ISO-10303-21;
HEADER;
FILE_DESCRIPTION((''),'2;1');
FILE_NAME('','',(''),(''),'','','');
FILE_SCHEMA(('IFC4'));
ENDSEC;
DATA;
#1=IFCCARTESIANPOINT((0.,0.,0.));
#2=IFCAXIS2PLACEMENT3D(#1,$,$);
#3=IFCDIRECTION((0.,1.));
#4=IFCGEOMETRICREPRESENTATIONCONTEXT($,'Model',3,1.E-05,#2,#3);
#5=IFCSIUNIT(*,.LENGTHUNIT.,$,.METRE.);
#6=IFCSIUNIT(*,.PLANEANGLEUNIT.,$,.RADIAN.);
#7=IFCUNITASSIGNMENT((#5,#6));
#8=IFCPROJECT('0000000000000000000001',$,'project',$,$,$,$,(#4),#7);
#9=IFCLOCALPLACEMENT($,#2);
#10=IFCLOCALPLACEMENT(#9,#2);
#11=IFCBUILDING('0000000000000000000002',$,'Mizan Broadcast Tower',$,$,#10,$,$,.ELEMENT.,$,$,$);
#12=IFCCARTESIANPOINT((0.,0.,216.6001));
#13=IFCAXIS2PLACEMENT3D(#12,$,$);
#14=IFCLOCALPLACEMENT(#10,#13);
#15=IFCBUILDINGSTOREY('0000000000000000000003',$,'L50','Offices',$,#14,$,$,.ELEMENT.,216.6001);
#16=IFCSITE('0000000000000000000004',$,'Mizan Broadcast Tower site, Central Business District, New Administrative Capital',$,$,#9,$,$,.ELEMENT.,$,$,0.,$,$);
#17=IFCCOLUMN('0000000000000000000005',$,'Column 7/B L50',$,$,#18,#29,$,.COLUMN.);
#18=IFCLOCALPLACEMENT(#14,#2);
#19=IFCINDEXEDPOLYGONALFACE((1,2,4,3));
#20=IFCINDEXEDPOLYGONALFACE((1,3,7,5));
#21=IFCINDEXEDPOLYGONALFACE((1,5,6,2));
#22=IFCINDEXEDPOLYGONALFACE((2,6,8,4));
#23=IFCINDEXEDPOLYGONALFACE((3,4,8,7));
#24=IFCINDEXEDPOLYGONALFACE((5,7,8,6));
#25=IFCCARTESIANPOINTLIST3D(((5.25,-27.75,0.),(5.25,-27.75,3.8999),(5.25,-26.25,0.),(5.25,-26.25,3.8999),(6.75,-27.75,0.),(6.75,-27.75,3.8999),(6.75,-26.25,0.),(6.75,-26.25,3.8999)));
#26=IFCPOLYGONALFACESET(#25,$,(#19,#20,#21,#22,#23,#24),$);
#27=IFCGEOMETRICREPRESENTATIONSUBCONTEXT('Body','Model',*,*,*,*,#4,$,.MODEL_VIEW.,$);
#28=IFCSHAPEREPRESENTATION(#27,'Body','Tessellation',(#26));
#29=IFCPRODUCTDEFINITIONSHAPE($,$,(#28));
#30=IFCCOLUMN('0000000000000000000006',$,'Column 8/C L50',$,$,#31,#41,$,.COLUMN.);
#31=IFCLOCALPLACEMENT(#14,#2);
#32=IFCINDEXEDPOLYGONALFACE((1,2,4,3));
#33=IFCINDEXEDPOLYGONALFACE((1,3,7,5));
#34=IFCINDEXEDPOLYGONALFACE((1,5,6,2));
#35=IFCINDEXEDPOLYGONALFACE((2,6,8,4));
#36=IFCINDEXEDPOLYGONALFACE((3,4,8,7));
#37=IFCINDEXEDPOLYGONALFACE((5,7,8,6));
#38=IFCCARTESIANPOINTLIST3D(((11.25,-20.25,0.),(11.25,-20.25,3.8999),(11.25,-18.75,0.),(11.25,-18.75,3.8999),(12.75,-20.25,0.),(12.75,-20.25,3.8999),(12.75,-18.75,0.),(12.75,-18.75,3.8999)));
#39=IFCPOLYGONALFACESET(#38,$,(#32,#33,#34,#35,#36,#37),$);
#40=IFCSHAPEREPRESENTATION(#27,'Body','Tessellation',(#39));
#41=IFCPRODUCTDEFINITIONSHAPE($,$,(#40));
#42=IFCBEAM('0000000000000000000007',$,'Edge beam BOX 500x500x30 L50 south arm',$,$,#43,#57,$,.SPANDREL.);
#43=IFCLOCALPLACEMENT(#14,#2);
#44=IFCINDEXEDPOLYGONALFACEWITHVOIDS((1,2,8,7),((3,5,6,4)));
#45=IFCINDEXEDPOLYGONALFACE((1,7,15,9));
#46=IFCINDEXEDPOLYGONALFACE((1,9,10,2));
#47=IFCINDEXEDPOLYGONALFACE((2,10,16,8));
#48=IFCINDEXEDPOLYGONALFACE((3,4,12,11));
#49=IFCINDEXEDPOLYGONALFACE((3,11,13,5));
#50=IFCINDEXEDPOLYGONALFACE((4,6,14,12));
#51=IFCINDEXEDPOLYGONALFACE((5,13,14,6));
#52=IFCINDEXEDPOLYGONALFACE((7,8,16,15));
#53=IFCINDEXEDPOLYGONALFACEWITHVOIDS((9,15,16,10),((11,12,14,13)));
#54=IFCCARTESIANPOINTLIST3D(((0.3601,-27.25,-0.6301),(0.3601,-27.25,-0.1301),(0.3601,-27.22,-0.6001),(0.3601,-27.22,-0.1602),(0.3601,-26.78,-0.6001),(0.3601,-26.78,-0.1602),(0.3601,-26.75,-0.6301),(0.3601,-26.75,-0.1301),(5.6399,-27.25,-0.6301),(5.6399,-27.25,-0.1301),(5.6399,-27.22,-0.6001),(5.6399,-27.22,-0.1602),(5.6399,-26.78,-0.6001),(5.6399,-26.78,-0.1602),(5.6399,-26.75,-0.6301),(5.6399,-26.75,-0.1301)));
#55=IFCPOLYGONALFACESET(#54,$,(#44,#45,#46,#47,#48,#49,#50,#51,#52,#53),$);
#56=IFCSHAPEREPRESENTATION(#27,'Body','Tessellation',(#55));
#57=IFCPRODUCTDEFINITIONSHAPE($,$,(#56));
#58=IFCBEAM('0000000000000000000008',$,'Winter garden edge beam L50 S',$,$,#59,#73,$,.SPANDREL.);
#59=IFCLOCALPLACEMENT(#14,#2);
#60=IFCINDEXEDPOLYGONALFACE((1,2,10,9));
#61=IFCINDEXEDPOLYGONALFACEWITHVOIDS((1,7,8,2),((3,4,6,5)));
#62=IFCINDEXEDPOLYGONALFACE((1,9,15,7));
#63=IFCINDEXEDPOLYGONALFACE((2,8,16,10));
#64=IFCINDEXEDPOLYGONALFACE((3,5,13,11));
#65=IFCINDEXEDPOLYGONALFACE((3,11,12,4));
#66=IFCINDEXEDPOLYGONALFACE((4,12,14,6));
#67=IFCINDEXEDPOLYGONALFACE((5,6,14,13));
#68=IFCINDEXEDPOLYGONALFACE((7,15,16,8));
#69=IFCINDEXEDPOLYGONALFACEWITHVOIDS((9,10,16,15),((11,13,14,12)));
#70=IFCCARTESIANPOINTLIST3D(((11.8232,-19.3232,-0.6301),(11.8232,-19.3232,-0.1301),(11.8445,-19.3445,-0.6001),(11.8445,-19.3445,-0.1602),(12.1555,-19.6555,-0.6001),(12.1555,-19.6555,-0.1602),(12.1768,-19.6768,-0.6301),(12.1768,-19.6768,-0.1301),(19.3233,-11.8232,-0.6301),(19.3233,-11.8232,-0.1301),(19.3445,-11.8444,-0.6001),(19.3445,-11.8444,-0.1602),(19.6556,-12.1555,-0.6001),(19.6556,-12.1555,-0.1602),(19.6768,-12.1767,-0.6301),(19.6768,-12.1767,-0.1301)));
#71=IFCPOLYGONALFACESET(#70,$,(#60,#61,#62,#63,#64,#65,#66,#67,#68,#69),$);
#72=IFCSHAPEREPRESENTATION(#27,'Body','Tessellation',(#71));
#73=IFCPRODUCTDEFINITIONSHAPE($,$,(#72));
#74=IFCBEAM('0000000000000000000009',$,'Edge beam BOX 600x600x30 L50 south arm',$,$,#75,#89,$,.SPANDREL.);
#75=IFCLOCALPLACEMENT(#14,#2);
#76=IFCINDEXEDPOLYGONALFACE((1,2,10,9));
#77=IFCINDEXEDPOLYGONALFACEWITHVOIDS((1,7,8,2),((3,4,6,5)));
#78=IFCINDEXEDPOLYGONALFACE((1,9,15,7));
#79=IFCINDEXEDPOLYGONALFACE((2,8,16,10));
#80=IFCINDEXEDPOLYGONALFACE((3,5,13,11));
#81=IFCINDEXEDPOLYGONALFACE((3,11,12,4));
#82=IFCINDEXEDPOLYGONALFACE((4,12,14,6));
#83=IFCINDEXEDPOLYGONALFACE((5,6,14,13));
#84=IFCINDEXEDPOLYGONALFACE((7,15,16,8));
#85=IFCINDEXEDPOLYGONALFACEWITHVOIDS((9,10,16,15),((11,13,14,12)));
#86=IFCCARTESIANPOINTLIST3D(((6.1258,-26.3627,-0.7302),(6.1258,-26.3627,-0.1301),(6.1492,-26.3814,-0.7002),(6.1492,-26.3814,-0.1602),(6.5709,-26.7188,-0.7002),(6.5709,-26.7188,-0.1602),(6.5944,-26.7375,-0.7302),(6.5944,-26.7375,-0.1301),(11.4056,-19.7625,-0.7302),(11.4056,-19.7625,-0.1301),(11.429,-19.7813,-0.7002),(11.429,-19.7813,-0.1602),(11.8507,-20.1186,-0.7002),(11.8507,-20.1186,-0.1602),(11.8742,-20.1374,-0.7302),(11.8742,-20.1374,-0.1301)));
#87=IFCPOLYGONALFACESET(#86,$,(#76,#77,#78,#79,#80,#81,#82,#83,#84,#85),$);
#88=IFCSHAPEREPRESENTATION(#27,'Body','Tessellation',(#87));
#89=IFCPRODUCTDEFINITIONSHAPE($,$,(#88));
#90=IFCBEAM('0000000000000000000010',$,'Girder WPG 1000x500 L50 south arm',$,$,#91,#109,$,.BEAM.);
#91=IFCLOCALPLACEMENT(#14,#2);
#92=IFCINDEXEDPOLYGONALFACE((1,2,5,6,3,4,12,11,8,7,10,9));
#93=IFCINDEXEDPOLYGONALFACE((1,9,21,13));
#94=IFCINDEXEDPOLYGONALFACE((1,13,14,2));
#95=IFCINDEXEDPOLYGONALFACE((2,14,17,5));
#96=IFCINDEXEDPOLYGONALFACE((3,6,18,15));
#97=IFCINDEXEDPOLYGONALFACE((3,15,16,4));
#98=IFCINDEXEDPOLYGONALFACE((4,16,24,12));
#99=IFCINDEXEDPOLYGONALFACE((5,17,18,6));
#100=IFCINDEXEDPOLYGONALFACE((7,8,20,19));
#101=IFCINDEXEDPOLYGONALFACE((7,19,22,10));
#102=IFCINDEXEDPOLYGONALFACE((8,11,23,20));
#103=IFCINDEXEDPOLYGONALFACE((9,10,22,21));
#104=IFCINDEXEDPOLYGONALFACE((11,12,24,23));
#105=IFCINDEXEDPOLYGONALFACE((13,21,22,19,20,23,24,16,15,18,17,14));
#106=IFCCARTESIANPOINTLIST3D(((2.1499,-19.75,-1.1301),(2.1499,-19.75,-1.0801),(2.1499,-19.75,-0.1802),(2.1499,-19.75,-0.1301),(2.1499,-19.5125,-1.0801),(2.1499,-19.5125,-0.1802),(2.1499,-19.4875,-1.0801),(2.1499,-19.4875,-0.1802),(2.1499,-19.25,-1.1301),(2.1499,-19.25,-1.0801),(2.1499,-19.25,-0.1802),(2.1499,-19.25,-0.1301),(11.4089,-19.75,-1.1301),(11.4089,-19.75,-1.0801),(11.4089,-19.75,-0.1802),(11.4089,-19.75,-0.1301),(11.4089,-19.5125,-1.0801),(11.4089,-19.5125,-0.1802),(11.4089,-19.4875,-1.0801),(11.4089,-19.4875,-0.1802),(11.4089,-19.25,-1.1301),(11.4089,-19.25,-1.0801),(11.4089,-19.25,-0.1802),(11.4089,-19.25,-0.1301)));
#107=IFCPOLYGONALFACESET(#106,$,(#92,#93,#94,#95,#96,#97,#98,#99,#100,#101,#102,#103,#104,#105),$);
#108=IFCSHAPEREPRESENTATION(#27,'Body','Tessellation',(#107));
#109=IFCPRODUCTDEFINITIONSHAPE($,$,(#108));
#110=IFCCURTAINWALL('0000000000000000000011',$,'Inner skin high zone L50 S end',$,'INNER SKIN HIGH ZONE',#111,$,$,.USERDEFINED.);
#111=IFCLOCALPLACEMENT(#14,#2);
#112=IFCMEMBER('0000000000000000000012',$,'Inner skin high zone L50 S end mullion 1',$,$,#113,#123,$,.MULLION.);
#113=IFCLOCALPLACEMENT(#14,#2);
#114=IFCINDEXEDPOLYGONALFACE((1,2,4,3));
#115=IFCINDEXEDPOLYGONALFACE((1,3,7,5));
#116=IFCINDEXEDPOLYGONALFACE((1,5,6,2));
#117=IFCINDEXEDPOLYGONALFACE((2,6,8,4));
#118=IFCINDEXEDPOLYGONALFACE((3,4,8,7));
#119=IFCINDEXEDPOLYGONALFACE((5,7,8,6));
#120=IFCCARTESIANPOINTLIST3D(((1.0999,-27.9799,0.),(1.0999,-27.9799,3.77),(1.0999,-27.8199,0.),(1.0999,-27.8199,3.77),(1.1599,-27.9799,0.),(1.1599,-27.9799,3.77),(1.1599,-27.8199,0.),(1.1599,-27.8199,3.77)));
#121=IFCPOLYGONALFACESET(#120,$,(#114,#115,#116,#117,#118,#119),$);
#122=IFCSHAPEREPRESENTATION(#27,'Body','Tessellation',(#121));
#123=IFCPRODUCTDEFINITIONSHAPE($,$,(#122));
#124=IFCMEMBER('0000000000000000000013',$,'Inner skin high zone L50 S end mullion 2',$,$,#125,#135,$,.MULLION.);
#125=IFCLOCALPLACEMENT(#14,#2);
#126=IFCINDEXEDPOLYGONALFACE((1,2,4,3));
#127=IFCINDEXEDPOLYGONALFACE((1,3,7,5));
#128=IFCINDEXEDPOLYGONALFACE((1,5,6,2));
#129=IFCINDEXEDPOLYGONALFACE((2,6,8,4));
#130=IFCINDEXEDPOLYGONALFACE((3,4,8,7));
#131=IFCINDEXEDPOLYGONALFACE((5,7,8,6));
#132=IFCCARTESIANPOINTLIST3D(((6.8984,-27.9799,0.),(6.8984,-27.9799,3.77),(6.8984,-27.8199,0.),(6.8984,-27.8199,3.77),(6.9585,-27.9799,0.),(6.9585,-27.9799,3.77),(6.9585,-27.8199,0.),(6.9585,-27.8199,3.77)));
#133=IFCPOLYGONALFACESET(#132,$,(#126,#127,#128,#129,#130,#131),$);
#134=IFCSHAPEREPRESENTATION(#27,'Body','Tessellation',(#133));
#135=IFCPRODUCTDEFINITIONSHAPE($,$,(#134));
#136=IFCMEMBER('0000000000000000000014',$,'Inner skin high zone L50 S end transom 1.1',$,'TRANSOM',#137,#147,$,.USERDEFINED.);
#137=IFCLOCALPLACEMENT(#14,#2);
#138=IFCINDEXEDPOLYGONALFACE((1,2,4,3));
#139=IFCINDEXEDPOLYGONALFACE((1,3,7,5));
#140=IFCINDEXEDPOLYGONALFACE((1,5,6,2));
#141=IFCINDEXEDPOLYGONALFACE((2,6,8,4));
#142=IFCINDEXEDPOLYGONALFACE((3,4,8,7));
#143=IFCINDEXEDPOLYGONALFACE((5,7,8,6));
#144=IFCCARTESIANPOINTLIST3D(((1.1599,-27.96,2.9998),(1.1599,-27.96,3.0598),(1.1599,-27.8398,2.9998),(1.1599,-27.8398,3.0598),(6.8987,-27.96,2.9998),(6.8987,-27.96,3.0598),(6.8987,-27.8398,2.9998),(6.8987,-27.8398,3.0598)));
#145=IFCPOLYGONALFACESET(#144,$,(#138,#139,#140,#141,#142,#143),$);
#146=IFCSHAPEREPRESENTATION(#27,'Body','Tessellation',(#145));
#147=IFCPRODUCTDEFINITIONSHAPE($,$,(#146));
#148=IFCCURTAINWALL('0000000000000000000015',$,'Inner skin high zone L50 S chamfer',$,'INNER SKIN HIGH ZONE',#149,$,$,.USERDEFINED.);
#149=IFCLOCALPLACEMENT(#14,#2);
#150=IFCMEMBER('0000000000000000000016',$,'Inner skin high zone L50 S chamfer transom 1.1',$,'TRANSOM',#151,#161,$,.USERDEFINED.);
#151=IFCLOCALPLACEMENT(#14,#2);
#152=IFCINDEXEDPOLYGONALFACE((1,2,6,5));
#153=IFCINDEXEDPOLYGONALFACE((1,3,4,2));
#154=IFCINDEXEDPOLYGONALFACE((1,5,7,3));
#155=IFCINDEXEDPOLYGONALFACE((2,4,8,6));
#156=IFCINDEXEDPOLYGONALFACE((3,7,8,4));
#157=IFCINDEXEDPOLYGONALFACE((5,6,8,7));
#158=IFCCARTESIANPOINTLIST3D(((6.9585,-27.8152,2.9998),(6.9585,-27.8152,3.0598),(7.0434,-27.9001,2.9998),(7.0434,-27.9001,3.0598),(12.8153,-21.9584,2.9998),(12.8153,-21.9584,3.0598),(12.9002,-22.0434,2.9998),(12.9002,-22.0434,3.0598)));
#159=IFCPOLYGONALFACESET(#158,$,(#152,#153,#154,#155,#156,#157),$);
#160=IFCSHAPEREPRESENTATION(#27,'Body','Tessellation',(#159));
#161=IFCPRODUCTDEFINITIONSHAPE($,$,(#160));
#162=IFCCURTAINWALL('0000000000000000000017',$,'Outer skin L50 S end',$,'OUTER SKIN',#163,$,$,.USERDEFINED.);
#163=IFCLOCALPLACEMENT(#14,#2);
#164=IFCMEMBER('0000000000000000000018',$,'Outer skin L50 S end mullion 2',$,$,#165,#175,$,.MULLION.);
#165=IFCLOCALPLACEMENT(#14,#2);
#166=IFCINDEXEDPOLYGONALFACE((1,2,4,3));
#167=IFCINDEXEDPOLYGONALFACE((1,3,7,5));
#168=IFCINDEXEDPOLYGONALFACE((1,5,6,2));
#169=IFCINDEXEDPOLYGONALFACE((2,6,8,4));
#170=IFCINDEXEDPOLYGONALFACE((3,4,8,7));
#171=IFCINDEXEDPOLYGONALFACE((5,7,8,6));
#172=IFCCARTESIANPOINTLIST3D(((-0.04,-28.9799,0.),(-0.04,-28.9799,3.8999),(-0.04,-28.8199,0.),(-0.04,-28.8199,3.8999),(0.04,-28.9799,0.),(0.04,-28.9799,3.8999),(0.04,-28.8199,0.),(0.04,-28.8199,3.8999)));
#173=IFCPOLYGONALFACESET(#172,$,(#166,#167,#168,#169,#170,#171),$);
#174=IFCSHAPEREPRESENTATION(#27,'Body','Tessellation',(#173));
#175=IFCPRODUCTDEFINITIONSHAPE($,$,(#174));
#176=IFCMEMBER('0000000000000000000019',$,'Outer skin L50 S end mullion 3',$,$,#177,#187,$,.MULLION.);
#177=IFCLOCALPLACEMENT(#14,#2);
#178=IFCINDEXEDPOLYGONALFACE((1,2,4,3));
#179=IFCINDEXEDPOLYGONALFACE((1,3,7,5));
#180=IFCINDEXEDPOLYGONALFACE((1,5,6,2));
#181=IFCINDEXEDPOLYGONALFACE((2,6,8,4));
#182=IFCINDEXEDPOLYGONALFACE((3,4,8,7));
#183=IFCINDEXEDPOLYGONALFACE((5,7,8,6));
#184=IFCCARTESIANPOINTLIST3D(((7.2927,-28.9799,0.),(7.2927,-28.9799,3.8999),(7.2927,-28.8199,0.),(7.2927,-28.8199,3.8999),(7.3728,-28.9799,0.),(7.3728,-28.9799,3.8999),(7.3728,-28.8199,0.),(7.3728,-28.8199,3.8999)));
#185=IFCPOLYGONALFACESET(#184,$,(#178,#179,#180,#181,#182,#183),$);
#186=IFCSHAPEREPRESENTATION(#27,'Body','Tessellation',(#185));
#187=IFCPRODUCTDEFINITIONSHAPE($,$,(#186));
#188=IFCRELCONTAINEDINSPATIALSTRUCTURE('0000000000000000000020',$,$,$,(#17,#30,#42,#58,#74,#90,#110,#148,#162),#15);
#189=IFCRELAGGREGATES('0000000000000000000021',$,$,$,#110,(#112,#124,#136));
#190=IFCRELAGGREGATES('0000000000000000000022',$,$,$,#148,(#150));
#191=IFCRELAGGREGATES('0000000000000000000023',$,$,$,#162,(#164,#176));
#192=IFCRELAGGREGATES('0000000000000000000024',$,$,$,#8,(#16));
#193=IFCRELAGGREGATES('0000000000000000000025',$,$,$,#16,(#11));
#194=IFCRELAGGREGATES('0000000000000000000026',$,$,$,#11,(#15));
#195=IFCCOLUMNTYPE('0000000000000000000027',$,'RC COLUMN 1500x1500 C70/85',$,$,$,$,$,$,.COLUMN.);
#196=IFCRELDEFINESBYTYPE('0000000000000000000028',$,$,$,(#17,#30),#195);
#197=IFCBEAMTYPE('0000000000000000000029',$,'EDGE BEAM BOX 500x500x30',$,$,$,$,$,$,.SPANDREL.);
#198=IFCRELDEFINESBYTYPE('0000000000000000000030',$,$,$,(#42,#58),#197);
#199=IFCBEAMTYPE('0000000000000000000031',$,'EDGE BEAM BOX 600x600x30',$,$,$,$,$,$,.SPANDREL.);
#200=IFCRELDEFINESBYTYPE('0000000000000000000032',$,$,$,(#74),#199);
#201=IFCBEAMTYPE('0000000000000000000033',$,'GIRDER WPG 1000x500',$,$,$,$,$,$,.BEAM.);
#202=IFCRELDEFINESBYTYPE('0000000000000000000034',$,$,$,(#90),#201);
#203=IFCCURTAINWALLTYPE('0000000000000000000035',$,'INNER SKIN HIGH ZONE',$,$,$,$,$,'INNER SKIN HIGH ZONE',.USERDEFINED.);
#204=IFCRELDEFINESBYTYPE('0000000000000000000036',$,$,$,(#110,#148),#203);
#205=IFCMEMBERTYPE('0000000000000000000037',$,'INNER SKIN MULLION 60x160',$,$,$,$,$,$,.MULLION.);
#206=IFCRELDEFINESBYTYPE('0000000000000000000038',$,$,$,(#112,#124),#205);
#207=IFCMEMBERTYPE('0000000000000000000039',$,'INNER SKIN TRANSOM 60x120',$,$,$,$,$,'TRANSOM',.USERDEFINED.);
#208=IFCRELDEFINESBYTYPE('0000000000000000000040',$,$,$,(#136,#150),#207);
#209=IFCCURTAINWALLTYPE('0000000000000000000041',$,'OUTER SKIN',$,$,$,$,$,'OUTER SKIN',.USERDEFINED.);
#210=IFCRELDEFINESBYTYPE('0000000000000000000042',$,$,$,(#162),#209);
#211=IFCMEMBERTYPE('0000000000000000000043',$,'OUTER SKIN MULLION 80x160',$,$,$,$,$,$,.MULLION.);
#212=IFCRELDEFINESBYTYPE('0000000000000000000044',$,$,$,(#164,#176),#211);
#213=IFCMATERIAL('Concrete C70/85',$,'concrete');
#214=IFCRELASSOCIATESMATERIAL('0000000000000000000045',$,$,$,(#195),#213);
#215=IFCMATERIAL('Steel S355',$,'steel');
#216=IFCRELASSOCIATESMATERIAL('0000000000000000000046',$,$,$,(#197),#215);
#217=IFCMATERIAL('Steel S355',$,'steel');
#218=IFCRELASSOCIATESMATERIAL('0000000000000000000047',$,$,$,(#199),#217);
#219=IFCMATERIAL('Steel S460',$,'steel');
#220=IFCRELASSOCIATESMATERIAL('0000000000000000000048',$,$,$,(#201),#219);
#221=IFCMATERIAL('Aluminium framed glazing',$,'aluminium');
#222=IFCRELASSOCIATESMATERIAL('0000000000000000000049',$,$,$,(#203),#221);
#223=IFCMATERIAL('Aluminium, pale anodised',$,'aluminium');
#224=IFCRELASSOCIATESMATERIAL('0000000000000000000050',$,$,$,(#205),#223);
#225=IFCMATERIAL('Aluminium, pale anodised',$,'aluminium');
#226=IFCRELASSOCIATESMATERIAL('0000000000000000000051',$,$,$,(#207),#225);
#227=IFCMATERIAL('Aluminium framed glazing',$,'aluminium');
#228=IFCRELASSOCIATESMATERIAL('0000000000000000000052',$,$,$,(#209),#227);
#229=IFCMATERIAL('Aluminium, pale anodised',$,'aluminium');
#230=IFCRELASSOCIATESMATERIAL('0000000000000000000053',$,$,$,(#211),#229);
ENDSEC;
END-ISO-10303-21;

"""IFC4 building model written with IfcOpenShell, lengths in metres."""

from ifc_helpers import new_model, si_unit, direction, frame, origin, origin_2d, place, context, subcontext, project, spatial, rectangle, hollow_rectangle, i_section, extrude, material, material_profile, profile_set, type_object, element, aggregate, save


model = new_model("IFC4")

# Units and contexts
model_context = context("Model", 3, precision=1e-05, world=origin(), true_north=direction((0.0, 1.0)))
body_context = subcontext(model_context, "Body", "Model", "MODEL_VIEW")
ifc_project = project(units=[si_unit("LENGTHUNIT", "METRE"), si_unit("PLANEANGLEUNIT", "RADIAN")], contexts=[model_context])

# Site, building, storey
site_placement = place(None, origin())
site = spatial("IfcSite", under=ifc_project, at=site_placement, Name="Mizan Broadcast Tower site, Central Business District, New Administrative Capital", CompositionType="ELEMENT", RefElevation=0.0)
building_placement = place(site_placement, origin())
building = spatial("IfcBuilding", under=site, at=building_placement, Name="Mizan Broadcast Tower", CompositionType="ELEMENT")
storey_placement = place(building_placement, frame((0.0, 0.0, 216.6001)))
storey = spatial("IfcBuildingStorey", under=building, at=storey_placement, Name="L50", Description="Offices", CompositionType="ELEMENT", Elevation=216.6001)

# Columns
ifc_material_1 = material(Name="Concrete C70/85", Category="concrete")
ifc_material_profile_1 = material_profile(ifc_material_1, rectangle(XDim=1.5, YDim=1.5, at=origin_2d()), Name="RC 1500x1500")
ifc_profile_set_1 = profile_set([ifc_material_profile_1], Name="Concrete C70/85")
column_type = type_object("IfcColumnType", Name="RC COLUMN 1500x1500 C70/85", PredefinedType="COLUMN", material=ifc_profile_set_1)
for number, where, z_axis, x_axis, name in (
    (1, (6.0, -27.0, 0.0), (0.0, 0.0, 1.0), (1.0, 0.0, 0.0), "Column 7/B L50"),
    (2, (12.0, -19.5, 0.0), (0.0, 0.0, 1.0), (1.0, 0.0, 0.0), "Column 8/C L50"),
):
    element("IfcColumn", number, at=place(storey_placement, frame(where, z_axis=z_axis, x_axis=x_axis)), inside=storey, type_object=column_type, Name=name, PredefinedType="COLUMN", context=body_context, shape_type="SweptSolid", body=[
        extrude(rectangle(XDim=1.5, YDim=1.5, at=origin_2d()), origin(), (0.0, 0.0, 1.0), 3.8999),
    ])

# Beams
ifc_material_2 = material(Name="Steel S355", Category="steel")
ifc_material_profile_2 = material_profile(ifc_material_2, hollow_rectangle(XDim=0.5, YDim=0.5, WallThickness=0.03, at=origin_2d()), Name="BOX 500x500x30")
ifc_profile_set_2 = profile_set([ifc_material_profile_2], Name="Steel S355")
beam_type_1 = type_object("IfcBeamType", Name="EDGE BEAM BOX 500x500x30", PredefinedType="SPANDREL", material=ifc_profile_set_2)
beam_1_placement = place(storey_placement, frame((5.6399, -27.0, -0.3801), z_axis=(-1.0, 0.0, 0.0), x_axis=(0.0, -1.0, 0.0)))
element("IfcBeam", 3, at=beam_1_placement, inside=storey, type_object=beam_type_1, Name="Edge beam BOX 500x500x30 L50 south arm", PredefinedType="SPANDREL", context=body_context, shape_type="SweptSolid", body=[
    extrude(hollow_rectangle(XDim=0.5, YDim=0.5, WallThickness=0.03, at=origin_2d()), origin(), (0.0, 0.0, 1.0), 5.2798),
])
beam_2_placement = place(storey_placement, frame((12.0, -19.5, -0.3801), z_axis=(0.707107, 0.707107, 0.0), x_axis=(-0.707107, 0.707107, 0.0)))
element("IfcBeam", 4, at=beam_2_placement, inside=storey, type_object=beam_type_1, Name="Winter garden edge beam L50 S", PredefinedType="SPANDREL", context=body_context, shape_type="SweptSolid", body=[
    extrude(hollow_rectangle(XDim=0.5, YDim=0.5, WallThickness=0.03, at=origin_2d()), origin(), (0.0, 0.0, 1.0), 10.6067),
])
ifc_material_3 = material(Name="Steel S355", Category="steel")
ifc_material_profile_3 = material_profile(ifc_material_3, hollow_rectangle(XDim=0.6001, YDim=0.6001, WallThickness=0.03, at=origin_2d()), Name="BOX 600x600x30")
ifc_profile_set_3 = profile_set([ifc_material_profile_3], Name="Steel S355")
beam_type_2 = type_object("IfcBeamType", Name="EDGE BEAM BOX 600x600x30", PredefinedType="SPANDREL", material=ifc_profile_set_3)
beam_3_placement = place(storey_placement, frame((11.6399, -19.95, -0.4302), z_axis=(-0.624674, -0.780886, 0.0), x_axis=(0.780886, -0.624674, 0.0)))
element("IfcBeam", 5, at=beam_3_placement, inside=storey, type_object=beam_type_2, Name="Edge beam BOX 600x600x30 L50 south arm", PredefinedType="SPANDREL", context=body_context, shape_type="SweptSolid", body=[
    extrude(hollow_rectangle(XDim=0.6001, YDim=0.6001, WallThickness=0.03, at=origin_2d()), origin(), (0.0, 0.0, 1.0), 8.4521),
])
ifc_material_4 = material(Name="Steel S460", Category="steel")
ifc_material_profile_4 = material_profile(ifc_material_4, i_section(OverallWidth=0.5, OverallDepth=1.0, WebThickness=0.0249, FlangeThickness=0.05, at=origin_2d()), Name="WPG 1000x500")
ifc_profile_set_4 = profile_set([ifc_material_profile_4], Name="Steel S460")
beam_type_3 = type_object("IfcBeamType", Name="GIRDER WPG 1000x500", PredefinedType="BEAM", material=ifc_profile_set_4)
beam_4_placement = place(storey_placement, frame((11.4089, -19.5, -0.6301), z_axis=(-1.0, 0.0, 0.0), x_axis=(0.0, -1.0, 0.0)))
element("IfcBeam", 6, at=beam_4_placement, inside=storey, type_object=beam_type_3, Name="Girder WPG 1000x500 L50 south arm", PredefinedType="BEAM", context=body_context, shape_type="SweptSolid", body=[
    extrude(i_section(OverallWidth=0.5, OverallDepth=1.0, WebThickness=0.0249, FlangeThickness=0.05, at=origin_2d()), origin(), (0.0, 0.0, 1.0), 9.259),
])

# Curtain wall, members
ifc_material_5 = material(Name="Aluminium framed glazing", Category="aluminium")
curtain_wall_type_1 = type_object("IfcCurtainWallType", Name="INNER SKIN HIGH ZONE", ElementType="INNER SKIN HIGH ZONE", PredefinedType="USERDEFINED", material=ifc_material_5)
curtain_wall_1_placement = place(storey_placement, origin())
curtain_wall_1 = element("IfcCurtainWall", 7, at=curtain_wall_1_placement, inside=storey, type_object=curtain_wall_type_1, Name="Inner skin high zone L50 S end", ObjectType="INNER SKIN HIGH ZONE", PredefinedType="USERDEFINED")
ifc_material_6 = material(Name="Aluminium, pale anodised", Category="aluminium")
ifc_material_profile_5 = material_profile(ifc_material_6, rectangle(XDim=0.1599, YDim=0.0601, at=origin_2d()), Name="MULLION 160x60")
ifc_profile_set_5 = profile_set([ifc_material_profile_5], Name="Aluminium, pale anodised")
member_type_1 = type_object("IfcMemberType", Name="INNER SKIN MULLION 60x160", PredefinedType="MULLION", material=ifc_profile_set_5)
member_1_placement = place(storey_placement, frame((1.1299, -27.8999, 0.0), z_axis=(0.0, 0.0, 1.0), x_axis=(0.0, 1.0, 0.0)))
member_1 = element("IfcMember", 8, at=member_1_placement, type_object=member_type_1, Name="Inner skin high zone L50 S end mullion 1", PredefinedType="MULLION", context=body_context, shape_type="SweptSolid", body=[
    extrude(rectangle(XDim=0.1599, YDim=0.0601, at=origin_2d()), origin(), (0.0, 0.0, 1.0), 3.77),
])
member_2_placement = place(storey_placement, frame((6.9285, -27.8999, 0.0), z_axis=(0.0, 0.0, 1.0), x_axis=(0.0, 1.0, 0.0)))
member_2 = element("IfcMember", 9, at=member_2_placement, type_object=member_type_1, Name="Inner skin high zone L50 S end mullion 2", PredefinedType="MULLION", context=body_context, shape_type="SweptSolid", body=[
    extrude(rectangle(XDim=0.1599, YDim=0.0601, at=origin_2d()), origin(), (0.0, 0.0, 1.0), 3.77),
])
ifc_material_7 = material(Name="Aluminium, pale anodised", Category="aluminium")
ifc_material_profile_6 = material_profile(ifc_material_7, rectangle(XDim=0.1201, YDim=0.0601, at=origin_2d()), Name="TRANSOM 120x60")
ifc_profile_set_6 = profile_set([ifc_material_profile_6], Name="Aluminium, pale anodised")
member_type_2 = type_object("IfcMemberType", Name="INNER SKIN TRANSOM 60x120", ElementType="TRANSOM", PredefinedType="USERDEFINED", material=ifc_profile_set_6)
member_3_placement = place(storey_placement, frame((1.1599, -27.8999, 3.0298), z_axis=(1.0, 0.0, 0.0), x_axis=(0.0, 1.0, 0.0)))
member_3 = element("IfcMember", 10, at=member_3_placement, type_object=member_type_2, Name="Inner skin high zone L50 S end transom 1.1", ObjectType="TRANSOM", PredefinedType="USERDEFINED", context=body_context, shape_type="SweptSolid", body=[
    extrude(rectangle(XDim=0.1201, YDim=0.0601, at=origin_2d()), origin(), (0.0, 0.0, 1.0), 5.7388),
])

# Curtain wall, member
curtain_wall_2_placement = place(storey_placement, origin())
curtain_wall_2 = element("IfcCurtainWall", 11, at=curtain_wall_2_placement, inside=storey, type_object=curtain_wall_type_1, Name="Inner skin high zone L50 S chamfer", ObjectType="INNER SKIN HIGH ZONE", PredefinedType="USERDEFINED")
member_4_placement = place(storey_placement, frame((7.001, -27.8577, 3.0298), z_axis=(0.707107, 0.707107, 0.0), x_axis=(-0.707107, 0.707107, 0.0)))
member_4 = element("IfcMember", 12, at=member_4_placement, type_object=member_type_2, Name="Inner skin high zone L50 S chamfer transom 1.1", ObjectType="TRANSOM", PredefinedType="USERDEFINED", context=body_context, shape_type="SweptSolid", body=[
    extrude(rectangle(XDim=0.1201, YDim=0.0601, at=origin_2d()), origin(), (0.0, 0.0, 1.0), 8.2827),
])

# Curtain wall, members
ifc_material_8 = material(Name="Aluminium framed glazing", Category="aluminium")
curtain_wall_type_2 = type_object("IfcCurtainWallType", Name="OUTER SKIN", ElementType="OUTER SKIN", PredefinedType="USERDEFINED", material=ifc_material_8)
curtain_wall_3_placement = place(storey_placement, origin())
curtain_wall_3 = element("IfcCurtainWall", 13, at=curtain_wall_3_placement, inside=storey, type_object=curtain_wall_type_2, Name="Outer skin L50 S end", ObjectType="OUTER SKIN", PredefinedType="USERDEFINED")
ifc_material_9 = material(Name="Aluminium, pale anodised", Category="aluminium")
ifc_material_profile_7 = material_profile(ifc_material_9, rectangle(XDim=0.1599, YDim=0.0801, at=origin_2d()), Name="MULLION 160x80")
ifc_profile_set_7 = profile_set([ifc_material_profile_7], Name="Aluminium, pale anodised")
member_type_3 = type_object("IfcMemberType", Name="OUTER SKIN MULLION 80x160", PredefinedType="MULLION", material=ifc_profile_set_7)
member_5_placement = place(storey_placement, frame((0.0, -28.8999, 0.0), z_axis=(0.0, 0.0, 1.0), x_axis=(0.0, 1.0, 0.0)))
member_5 = element("IfcMember", 14, at=member_5_placement, type_object=member_type_3, Name="Outer skin L50 S end mullion 2", PredefinedType="MULLION", context=body_context, shape_type="SweptSolid", body=[
    extrude(rectangle(XDim=0.1599, YDim=0.0801, at=origin_2d()), origin(), (0.0, 0.0, 1.0), 3.8999),
])
member_6_placement = place(storey_placement, frame((7.3328, -28.8999, 0.0), z_axis=(0.0, 0.0, 1.0), x_axis=(0.0, 1.0, 0.0)))
member_6 = element("IfcMember", 15, at=member_6_placement, type_object=member_type_3, Name="Outer skin L50 S end mullion 3", PredefinedType="MULLION", context=body_context, shape_type="SweptSolid", body=[
    extrude(rectangle(XDim=0.1599, YDim=0.0801, at=origin_2d()), origin(), (0.0, 0.0, 1.0), 3.8999),
])

aggregate(curtain_wall_1, [member_1, member_2, member_3])
aggregate(curtain_wall_2, [member_4])
aggregate(curtain_wall_3, [member_5, member_6])

save(model, "model.ifc")
